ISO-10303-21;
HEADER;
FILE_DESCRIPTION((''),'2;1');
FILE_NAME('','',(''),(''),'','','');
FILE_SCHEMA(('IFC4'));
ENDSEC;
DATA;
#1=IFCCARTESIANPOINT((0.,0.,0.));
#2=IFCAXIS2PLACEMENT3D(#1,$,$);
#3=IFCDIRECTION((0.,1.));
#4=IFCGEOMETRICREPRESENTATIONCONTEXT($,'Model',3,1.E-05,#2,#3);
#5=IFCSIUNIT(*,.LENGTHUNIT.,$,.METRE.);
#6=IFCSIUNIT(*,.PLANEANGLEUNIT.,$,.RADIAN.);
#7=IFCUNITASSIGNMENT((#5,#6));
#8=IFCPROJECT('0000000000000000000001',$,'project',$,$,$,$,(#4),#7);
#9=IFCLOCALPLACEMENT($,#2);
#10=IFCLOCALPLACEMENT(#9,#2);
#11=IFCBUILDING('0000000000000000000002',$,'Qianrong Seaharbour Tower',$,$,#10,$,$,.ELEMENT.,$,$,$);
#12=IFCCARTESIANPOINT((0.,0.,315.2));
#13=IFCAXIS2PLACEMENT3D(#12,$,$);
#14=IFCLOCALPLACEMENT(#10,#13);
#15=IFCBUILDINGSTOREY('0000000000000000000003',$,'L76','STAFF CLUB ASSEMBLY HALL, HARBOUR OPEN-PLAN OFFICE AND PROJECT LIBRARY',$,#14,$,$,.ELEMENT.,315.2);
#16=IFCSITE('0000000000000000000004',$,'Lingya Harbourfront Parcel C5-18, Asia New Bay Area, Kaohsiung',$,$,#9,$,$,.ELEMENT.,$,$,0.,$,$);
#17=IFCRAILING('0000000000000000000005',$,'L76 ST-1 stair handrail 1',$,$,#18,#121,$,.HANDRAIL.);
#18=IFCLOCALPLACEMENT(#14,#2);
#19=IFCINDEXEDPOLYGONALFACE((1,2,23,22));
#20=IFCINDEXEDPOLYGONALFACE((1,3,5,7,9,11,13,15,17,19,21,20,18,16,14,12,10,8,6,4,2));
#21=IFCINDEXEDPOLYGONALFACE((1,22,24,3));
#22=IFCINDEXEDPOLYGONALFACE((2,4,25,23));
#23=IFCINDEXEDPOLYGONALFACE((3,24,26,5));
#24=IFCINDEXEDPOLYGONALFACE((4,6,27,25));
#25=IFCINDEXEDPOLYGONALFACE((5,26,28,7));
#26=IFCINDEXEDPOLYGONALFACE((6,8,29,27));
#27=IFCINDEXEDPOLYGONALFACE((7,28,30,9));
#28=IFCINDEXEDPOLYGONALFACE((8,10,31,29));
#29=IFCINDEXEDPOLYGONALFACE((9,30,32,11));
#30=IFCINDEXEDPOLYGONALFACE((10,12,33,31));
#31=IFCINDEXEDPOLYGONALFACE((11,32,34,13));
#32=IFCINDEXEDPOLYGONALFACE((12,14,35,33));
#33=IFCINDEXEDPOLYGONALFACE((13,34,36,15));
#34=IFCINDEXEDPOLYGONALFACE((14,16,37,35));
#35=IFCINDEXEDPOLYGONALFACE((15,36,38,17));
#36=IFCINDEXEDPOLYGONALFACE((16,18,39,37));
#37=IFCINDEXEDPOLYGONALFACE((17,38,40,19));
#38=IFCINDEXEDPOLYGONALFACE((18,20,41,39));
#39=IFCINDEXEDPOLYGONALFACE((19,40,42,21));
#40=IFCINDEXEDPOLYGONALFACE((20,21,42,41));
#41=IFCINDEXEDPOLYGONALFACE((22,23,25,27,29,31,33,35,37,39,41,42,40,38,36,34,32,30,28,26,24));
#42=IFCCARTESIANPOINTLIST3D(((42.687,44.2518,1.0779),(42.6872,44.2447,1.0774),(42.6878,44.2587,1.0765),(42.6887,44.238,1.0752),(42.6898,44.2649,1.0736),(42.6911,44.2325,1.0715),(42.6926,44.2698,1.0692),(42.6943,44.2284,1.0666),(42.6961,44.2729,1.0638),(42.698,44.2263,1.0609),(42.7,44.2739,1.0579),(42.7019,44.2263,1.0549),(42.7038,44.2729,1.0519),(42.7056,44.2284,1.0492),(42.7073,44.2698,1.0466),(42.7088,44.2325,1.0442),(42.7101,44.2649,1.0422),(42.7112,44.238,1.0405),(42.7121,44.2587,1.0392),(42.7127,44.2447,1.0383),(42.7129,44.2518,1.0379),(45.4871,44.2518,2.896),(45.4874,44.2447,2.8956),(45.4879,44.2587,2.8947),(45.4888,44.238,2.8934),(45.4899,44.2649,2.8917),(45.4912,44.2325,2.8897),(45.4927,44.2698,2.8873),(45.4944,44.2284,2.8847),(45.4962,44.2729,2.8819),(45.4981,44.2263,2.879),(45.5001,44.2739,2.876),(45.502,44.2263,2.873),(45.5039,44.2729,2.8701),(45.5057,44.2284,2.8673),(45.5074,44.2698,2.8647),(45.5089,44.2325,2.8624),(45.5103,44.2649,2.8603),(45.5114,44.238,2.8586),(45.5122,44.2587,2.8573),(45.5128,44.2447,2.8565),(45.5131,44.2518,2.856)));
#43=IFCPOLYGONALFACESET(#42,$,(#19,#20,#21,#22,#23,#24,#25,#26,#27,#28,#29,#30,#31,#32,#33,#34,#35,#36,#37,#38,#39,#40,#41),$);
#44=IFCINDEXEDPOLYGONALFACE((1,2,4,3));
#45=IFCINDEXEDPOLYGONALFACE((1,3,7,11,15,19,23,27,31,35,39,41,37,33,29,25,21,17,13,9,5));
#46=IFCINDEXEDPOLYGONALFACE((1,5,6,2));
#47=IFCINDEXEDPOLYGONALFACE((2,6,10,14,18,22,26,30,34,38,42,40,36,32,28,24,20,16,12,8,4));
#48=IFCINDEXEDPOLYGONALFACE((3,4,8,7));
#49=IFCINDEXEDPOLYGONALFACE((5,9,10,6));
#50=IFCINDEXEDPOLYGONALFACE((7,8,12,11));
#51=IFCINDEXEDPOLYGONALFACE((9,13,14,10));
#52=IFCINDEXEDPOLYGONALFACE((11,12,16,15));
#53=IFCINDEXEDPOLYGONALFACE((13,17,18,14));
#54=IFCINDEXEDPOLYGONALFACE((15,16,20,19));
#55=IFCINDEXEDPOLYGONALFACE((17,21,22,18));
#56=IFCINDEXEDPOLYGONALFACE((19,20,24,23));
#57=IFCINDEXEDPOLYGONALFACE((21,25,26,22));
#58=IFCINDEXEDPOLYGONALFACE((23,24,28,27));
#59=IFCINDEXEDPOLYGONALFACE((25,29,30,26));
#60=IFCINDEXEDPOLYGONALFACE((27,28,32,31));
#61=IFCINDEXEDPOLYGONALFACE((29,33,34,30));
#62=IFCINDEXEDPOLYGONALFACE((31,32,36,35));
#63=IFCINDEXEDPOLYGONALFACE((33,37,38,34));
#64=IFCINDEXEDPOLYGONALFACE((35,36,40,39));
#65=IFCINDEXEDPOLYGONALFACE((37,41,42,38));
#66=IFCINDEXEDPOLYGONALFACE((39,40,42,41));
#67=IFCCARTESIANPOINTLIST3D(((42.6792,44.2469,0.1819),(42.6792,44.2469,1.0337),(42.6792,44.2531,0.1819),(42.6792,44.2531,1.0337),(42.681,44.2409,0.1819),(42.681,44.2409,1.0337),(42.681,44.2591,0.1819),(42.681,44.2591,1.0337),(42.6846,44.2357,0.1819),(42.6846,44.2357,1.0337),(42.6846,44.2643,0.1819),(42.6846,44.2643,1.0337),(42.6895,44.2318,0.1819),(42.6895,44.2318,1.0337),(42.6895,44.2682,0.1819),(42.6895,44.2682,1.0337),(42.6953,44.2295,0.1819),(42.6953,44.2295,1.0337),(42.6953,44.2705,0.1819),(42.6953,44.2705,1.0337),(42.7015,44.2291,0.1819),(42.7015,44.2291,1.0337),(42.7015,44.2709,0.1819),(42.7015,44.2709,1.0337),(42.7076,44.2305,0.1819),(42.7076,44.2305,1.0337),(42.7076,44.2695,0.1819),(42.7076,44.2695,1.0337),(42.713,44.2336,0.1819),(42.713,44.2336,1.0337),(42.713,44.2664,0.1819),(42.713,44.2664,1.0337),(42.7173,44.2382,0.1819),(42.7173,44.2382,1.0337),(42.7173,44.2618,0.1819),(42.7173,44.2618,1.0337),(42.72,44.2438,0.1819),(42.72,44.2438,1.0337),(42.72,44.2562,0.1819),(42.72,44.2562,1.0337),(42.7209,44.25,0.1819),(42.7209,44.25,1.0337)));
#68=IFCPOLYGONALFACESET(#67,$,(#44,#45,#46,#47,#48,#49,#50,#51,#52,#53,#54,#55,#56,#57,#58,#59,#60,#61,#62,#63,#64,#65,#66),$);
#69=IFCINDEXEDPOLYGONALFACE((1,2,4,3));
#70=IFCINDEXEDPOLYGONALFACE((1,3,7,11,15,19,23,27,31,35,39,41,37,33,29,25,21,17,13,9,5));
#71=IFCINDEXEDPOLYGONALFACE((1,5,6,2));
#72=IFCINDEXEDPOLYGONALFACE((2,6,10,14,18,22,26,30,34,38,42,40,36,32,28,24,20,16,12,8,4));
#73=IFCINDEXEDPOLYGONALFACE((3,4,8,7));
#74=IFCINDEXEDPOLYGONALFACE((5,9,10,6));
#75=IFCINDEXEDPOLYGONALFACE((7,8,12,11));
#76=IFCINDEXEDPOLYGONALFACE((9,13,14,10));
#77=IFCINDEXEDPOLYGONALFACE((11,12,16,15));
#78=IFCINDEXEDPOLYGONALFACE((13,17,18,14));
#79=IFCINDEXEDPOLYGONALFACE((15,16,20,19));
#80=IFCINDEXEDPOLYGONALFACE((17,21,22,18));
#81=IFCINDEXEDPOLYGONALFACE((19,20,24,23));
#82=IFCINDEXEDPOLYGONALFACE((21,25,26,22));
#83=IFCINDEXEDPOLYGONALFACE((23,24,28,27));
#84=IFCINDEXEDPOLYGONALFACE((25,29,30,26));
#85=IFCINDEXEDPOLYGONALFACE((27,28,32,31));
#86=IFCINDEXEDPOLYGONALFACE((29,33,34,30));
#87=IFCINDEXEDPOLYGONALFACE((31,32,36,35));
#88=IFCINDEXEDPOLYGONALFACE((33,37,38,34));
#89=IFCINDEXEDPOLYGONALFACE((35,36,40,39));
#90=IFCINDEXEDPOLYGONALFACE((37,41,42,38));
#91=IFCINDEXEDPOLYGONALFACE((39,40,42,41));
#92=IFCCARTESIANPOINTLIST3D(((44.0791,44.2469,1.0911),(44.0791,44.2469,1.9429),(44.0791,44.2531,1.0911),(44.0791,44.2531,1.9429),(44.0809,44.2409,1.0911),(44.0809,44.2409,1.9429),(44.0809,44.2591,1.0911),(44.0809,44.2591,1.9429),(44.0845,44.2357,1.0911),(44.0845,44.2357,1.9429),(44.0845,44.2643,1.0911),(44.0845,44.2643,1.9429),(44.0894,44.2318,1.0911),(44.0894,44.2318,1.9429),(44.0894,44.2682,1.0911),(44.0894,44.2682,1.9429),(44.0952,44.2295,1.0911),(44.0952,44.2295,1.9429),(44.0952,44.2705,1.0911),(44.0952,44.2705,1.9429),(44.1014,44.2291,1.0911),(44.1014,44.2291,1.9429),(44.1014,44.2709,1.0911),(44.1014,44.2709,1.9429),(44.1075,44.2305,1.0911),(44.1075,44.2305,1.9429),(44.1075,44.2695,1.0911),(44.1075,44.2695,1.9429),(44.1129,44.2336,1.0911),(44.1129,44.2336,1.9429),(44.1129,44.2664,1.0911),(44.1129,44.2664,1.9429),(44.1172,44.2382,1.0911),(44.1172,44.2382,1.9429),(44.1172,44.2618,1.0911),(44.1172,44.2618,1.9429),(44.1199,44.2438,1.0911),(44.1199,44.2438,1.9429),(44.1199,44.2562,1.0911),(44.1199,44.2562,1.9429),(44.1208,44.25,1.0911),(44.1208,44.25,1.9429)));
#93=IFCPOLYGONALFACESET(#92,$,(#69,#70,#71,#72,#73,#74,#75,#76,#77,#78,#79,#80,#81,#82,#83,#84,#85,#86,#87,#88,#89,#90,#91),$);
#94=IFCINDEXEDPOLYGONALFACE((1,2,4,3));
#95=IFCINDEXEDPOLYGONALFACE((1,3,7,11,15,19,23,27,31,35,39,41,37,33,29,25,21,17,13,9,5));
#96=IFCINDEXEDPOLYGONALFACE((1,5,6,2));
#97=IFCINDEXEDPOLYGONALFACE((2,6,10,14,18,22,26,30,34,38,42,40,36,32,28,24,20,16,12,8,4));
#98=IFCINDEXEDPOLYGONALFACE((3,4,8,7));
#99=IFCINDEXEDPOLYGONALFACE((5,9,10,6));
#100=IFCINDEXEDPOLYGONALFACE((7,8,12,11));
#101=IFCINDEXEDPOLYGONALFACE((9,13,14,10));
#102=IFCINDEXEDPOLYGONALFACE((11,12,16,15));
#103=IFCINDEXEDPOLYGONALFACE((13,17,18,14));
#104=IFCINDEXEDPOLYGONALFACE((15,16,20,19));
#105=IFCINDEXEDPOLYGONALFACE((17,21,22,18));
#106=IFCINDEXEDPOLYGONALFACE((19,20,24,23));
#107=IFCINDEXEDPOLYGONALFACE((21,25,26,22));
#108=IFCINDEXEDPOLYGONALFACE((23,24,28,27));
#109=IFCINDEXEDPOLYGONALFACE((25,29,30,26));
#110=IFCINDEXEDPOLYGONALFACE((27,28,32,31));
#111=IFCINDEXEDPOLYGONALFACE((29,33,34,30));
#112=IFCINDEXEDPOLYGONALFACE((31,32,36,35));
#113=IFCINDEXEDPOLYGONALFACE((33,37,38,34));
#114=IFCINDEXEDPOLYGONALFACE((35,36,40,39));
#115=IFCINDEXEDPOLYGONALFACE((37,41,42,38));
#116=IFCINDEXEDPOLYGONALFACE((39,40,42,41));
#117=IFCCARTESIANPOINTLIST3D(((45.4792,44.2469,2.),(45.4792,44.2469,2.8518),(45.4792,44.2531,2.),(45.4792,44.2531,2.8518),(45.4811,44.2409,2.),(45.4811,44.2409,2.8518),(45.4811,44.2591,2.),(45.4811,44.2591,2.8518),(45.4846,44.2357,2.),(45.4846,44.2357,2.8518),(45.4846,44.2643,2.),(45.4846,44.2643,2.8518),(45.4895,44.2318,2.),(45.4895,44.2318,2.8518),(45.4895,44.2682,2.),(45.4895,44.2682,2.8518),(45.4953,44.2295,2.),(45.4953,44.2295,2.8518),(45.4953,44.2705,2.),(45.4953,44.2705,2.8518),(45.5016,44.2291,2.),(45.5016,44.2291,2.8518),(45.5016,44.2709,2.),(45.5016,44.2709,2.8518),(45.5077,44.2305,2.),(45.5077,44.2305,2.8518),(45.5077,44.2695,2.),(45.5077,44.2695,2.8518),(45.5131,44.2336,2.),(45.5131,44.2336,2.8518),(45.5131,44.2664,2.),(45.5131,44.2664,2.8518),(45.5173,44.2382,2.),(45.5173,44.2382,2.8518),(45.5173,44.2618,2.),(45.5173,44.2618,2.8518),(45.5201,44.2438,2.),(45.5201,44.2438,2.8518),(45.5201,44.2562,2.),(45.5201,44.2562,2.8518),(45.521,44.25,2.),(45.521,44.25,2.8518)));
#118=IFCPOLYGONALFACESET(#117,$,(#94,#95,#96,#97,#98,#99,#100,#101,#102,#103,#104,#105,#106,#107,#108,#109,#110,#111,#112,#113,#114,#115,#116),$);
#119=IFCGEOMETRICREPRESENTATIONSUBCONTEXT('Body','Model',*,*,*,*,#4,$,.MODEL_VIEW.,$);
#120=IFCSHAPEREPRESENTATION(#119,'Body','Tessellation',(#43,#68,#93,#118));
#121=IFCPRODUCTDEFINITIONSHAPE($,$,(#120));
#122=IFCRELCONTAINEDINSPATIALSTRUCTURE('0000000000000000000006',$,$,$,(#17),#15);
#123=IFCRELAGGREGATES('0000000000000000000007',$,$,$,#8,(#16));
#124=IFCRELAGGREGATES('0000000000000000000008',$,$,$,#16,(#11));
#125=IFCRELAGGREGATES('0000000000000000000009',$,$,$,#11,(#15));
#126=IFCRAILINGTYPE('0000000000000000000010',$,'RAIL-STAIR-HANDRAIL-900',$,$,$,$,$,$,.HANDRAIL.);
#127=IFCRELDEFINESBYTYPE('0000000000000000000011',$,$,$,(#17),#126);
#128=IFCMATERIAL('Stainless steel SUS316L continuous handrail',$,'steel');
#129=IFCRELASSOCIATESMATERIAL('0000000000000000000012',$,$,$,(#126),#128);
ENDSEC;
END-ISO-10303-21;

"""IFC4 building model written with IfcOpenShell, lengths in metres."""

from ifc_helpers import new_model, si_unit, direction, frame, origin, origin_2d, place, context, subcontext, project, spatial, circle, extrude, material, type_object, element, save


model = new_model("IFC4")

# Units and contexts
model_context = context("Model", 3, precision=1e-05, world=origin(), true_north=direction((0.0, 1.0)))
body_context = subcontext(model_context, "Body", "Model", "MODEL_VIEW")
ifc_project = project(units=[si_unit("LENGTHUNIT", "METRE"), si_unit("PLANEANGLEUNIT", "RADIAN")], contexts=[model_context])

# Site, building, storey
site_placement = place(None, origin())
site = spatial("IfcSite", under=ifc_project, at=site_placement, Name="Lingya Harbourfront Parcel C5-18, Asia New Bay Area, Kaohsiung", CompositionType="ELEMENT", RefElevation=0.0)
building_placement = place(site_placement, origin())
building = spatial("IfcBuilding", under=site, at=building_placement, Name="Qianrong Seaharbour Tower", CompositionType="ELEMENT")
storey_placement = place(building_placement, frame((0.0, 0.0, 315.2)))
storey = spatial("IfcBuildingStorey", under=building, at=storey_placement, Name="L76", Description="STAFF CLUB ASSEMBLY HALL, HARBOUR OPEN-PLAN OFFICE AND PROJECT LIBRARY", CompositionType="ELEMENT", Elevation=315.2)

# Railing
ifc_material_1 = material(Name="Stainless steel SUS316L continuous handrail", Category="steel")
railing_type_1 = type_object("IfcRailingType", Name="RAIL-STAIR-HANDRAIL-900", PredefinedType="HANDRAIL", material=ifc_material_1)
railing_1_placement = place(storey_placement, frame((42.7, 44.25, 0.1819)))
element("IfcRailing", 1, at=railing_1_placement, inside=storey, type_object=railing_type_1, Name="L76 ST-1 stair handrail 1", PredefinedType="HANDRAIL", context=body_context, shape_type="SweptSolid", body=[
    extrude(circle(Radius=0.0239, at=origin_2d()), frame((0.0, 0.0, 0.876), z_axis=(0.838706, 0.0, 0.544585), x_axis=(0.0, 1.0, 0.0)), (0.0, 0.0, 1.0), 3.3386),
    extrude(circle(Radius=0.021, at=origin_2d()), origin(), (0.0, 0.0, 1.0), 0.8518),
    extrude(circle(Radius=0.021, at=origin_2d()), frame((1.3999, 0.0, 0.9092)), (0.0, 0.0, 1.0), 0.8518),
    extrude(circle(Radius=0.021, at=origin_2d()), frame((2.8, 0.0, 1.8181)), (0.0, 0.0, 1.0), 0.8518),
])

save(model, "model.ifc")
